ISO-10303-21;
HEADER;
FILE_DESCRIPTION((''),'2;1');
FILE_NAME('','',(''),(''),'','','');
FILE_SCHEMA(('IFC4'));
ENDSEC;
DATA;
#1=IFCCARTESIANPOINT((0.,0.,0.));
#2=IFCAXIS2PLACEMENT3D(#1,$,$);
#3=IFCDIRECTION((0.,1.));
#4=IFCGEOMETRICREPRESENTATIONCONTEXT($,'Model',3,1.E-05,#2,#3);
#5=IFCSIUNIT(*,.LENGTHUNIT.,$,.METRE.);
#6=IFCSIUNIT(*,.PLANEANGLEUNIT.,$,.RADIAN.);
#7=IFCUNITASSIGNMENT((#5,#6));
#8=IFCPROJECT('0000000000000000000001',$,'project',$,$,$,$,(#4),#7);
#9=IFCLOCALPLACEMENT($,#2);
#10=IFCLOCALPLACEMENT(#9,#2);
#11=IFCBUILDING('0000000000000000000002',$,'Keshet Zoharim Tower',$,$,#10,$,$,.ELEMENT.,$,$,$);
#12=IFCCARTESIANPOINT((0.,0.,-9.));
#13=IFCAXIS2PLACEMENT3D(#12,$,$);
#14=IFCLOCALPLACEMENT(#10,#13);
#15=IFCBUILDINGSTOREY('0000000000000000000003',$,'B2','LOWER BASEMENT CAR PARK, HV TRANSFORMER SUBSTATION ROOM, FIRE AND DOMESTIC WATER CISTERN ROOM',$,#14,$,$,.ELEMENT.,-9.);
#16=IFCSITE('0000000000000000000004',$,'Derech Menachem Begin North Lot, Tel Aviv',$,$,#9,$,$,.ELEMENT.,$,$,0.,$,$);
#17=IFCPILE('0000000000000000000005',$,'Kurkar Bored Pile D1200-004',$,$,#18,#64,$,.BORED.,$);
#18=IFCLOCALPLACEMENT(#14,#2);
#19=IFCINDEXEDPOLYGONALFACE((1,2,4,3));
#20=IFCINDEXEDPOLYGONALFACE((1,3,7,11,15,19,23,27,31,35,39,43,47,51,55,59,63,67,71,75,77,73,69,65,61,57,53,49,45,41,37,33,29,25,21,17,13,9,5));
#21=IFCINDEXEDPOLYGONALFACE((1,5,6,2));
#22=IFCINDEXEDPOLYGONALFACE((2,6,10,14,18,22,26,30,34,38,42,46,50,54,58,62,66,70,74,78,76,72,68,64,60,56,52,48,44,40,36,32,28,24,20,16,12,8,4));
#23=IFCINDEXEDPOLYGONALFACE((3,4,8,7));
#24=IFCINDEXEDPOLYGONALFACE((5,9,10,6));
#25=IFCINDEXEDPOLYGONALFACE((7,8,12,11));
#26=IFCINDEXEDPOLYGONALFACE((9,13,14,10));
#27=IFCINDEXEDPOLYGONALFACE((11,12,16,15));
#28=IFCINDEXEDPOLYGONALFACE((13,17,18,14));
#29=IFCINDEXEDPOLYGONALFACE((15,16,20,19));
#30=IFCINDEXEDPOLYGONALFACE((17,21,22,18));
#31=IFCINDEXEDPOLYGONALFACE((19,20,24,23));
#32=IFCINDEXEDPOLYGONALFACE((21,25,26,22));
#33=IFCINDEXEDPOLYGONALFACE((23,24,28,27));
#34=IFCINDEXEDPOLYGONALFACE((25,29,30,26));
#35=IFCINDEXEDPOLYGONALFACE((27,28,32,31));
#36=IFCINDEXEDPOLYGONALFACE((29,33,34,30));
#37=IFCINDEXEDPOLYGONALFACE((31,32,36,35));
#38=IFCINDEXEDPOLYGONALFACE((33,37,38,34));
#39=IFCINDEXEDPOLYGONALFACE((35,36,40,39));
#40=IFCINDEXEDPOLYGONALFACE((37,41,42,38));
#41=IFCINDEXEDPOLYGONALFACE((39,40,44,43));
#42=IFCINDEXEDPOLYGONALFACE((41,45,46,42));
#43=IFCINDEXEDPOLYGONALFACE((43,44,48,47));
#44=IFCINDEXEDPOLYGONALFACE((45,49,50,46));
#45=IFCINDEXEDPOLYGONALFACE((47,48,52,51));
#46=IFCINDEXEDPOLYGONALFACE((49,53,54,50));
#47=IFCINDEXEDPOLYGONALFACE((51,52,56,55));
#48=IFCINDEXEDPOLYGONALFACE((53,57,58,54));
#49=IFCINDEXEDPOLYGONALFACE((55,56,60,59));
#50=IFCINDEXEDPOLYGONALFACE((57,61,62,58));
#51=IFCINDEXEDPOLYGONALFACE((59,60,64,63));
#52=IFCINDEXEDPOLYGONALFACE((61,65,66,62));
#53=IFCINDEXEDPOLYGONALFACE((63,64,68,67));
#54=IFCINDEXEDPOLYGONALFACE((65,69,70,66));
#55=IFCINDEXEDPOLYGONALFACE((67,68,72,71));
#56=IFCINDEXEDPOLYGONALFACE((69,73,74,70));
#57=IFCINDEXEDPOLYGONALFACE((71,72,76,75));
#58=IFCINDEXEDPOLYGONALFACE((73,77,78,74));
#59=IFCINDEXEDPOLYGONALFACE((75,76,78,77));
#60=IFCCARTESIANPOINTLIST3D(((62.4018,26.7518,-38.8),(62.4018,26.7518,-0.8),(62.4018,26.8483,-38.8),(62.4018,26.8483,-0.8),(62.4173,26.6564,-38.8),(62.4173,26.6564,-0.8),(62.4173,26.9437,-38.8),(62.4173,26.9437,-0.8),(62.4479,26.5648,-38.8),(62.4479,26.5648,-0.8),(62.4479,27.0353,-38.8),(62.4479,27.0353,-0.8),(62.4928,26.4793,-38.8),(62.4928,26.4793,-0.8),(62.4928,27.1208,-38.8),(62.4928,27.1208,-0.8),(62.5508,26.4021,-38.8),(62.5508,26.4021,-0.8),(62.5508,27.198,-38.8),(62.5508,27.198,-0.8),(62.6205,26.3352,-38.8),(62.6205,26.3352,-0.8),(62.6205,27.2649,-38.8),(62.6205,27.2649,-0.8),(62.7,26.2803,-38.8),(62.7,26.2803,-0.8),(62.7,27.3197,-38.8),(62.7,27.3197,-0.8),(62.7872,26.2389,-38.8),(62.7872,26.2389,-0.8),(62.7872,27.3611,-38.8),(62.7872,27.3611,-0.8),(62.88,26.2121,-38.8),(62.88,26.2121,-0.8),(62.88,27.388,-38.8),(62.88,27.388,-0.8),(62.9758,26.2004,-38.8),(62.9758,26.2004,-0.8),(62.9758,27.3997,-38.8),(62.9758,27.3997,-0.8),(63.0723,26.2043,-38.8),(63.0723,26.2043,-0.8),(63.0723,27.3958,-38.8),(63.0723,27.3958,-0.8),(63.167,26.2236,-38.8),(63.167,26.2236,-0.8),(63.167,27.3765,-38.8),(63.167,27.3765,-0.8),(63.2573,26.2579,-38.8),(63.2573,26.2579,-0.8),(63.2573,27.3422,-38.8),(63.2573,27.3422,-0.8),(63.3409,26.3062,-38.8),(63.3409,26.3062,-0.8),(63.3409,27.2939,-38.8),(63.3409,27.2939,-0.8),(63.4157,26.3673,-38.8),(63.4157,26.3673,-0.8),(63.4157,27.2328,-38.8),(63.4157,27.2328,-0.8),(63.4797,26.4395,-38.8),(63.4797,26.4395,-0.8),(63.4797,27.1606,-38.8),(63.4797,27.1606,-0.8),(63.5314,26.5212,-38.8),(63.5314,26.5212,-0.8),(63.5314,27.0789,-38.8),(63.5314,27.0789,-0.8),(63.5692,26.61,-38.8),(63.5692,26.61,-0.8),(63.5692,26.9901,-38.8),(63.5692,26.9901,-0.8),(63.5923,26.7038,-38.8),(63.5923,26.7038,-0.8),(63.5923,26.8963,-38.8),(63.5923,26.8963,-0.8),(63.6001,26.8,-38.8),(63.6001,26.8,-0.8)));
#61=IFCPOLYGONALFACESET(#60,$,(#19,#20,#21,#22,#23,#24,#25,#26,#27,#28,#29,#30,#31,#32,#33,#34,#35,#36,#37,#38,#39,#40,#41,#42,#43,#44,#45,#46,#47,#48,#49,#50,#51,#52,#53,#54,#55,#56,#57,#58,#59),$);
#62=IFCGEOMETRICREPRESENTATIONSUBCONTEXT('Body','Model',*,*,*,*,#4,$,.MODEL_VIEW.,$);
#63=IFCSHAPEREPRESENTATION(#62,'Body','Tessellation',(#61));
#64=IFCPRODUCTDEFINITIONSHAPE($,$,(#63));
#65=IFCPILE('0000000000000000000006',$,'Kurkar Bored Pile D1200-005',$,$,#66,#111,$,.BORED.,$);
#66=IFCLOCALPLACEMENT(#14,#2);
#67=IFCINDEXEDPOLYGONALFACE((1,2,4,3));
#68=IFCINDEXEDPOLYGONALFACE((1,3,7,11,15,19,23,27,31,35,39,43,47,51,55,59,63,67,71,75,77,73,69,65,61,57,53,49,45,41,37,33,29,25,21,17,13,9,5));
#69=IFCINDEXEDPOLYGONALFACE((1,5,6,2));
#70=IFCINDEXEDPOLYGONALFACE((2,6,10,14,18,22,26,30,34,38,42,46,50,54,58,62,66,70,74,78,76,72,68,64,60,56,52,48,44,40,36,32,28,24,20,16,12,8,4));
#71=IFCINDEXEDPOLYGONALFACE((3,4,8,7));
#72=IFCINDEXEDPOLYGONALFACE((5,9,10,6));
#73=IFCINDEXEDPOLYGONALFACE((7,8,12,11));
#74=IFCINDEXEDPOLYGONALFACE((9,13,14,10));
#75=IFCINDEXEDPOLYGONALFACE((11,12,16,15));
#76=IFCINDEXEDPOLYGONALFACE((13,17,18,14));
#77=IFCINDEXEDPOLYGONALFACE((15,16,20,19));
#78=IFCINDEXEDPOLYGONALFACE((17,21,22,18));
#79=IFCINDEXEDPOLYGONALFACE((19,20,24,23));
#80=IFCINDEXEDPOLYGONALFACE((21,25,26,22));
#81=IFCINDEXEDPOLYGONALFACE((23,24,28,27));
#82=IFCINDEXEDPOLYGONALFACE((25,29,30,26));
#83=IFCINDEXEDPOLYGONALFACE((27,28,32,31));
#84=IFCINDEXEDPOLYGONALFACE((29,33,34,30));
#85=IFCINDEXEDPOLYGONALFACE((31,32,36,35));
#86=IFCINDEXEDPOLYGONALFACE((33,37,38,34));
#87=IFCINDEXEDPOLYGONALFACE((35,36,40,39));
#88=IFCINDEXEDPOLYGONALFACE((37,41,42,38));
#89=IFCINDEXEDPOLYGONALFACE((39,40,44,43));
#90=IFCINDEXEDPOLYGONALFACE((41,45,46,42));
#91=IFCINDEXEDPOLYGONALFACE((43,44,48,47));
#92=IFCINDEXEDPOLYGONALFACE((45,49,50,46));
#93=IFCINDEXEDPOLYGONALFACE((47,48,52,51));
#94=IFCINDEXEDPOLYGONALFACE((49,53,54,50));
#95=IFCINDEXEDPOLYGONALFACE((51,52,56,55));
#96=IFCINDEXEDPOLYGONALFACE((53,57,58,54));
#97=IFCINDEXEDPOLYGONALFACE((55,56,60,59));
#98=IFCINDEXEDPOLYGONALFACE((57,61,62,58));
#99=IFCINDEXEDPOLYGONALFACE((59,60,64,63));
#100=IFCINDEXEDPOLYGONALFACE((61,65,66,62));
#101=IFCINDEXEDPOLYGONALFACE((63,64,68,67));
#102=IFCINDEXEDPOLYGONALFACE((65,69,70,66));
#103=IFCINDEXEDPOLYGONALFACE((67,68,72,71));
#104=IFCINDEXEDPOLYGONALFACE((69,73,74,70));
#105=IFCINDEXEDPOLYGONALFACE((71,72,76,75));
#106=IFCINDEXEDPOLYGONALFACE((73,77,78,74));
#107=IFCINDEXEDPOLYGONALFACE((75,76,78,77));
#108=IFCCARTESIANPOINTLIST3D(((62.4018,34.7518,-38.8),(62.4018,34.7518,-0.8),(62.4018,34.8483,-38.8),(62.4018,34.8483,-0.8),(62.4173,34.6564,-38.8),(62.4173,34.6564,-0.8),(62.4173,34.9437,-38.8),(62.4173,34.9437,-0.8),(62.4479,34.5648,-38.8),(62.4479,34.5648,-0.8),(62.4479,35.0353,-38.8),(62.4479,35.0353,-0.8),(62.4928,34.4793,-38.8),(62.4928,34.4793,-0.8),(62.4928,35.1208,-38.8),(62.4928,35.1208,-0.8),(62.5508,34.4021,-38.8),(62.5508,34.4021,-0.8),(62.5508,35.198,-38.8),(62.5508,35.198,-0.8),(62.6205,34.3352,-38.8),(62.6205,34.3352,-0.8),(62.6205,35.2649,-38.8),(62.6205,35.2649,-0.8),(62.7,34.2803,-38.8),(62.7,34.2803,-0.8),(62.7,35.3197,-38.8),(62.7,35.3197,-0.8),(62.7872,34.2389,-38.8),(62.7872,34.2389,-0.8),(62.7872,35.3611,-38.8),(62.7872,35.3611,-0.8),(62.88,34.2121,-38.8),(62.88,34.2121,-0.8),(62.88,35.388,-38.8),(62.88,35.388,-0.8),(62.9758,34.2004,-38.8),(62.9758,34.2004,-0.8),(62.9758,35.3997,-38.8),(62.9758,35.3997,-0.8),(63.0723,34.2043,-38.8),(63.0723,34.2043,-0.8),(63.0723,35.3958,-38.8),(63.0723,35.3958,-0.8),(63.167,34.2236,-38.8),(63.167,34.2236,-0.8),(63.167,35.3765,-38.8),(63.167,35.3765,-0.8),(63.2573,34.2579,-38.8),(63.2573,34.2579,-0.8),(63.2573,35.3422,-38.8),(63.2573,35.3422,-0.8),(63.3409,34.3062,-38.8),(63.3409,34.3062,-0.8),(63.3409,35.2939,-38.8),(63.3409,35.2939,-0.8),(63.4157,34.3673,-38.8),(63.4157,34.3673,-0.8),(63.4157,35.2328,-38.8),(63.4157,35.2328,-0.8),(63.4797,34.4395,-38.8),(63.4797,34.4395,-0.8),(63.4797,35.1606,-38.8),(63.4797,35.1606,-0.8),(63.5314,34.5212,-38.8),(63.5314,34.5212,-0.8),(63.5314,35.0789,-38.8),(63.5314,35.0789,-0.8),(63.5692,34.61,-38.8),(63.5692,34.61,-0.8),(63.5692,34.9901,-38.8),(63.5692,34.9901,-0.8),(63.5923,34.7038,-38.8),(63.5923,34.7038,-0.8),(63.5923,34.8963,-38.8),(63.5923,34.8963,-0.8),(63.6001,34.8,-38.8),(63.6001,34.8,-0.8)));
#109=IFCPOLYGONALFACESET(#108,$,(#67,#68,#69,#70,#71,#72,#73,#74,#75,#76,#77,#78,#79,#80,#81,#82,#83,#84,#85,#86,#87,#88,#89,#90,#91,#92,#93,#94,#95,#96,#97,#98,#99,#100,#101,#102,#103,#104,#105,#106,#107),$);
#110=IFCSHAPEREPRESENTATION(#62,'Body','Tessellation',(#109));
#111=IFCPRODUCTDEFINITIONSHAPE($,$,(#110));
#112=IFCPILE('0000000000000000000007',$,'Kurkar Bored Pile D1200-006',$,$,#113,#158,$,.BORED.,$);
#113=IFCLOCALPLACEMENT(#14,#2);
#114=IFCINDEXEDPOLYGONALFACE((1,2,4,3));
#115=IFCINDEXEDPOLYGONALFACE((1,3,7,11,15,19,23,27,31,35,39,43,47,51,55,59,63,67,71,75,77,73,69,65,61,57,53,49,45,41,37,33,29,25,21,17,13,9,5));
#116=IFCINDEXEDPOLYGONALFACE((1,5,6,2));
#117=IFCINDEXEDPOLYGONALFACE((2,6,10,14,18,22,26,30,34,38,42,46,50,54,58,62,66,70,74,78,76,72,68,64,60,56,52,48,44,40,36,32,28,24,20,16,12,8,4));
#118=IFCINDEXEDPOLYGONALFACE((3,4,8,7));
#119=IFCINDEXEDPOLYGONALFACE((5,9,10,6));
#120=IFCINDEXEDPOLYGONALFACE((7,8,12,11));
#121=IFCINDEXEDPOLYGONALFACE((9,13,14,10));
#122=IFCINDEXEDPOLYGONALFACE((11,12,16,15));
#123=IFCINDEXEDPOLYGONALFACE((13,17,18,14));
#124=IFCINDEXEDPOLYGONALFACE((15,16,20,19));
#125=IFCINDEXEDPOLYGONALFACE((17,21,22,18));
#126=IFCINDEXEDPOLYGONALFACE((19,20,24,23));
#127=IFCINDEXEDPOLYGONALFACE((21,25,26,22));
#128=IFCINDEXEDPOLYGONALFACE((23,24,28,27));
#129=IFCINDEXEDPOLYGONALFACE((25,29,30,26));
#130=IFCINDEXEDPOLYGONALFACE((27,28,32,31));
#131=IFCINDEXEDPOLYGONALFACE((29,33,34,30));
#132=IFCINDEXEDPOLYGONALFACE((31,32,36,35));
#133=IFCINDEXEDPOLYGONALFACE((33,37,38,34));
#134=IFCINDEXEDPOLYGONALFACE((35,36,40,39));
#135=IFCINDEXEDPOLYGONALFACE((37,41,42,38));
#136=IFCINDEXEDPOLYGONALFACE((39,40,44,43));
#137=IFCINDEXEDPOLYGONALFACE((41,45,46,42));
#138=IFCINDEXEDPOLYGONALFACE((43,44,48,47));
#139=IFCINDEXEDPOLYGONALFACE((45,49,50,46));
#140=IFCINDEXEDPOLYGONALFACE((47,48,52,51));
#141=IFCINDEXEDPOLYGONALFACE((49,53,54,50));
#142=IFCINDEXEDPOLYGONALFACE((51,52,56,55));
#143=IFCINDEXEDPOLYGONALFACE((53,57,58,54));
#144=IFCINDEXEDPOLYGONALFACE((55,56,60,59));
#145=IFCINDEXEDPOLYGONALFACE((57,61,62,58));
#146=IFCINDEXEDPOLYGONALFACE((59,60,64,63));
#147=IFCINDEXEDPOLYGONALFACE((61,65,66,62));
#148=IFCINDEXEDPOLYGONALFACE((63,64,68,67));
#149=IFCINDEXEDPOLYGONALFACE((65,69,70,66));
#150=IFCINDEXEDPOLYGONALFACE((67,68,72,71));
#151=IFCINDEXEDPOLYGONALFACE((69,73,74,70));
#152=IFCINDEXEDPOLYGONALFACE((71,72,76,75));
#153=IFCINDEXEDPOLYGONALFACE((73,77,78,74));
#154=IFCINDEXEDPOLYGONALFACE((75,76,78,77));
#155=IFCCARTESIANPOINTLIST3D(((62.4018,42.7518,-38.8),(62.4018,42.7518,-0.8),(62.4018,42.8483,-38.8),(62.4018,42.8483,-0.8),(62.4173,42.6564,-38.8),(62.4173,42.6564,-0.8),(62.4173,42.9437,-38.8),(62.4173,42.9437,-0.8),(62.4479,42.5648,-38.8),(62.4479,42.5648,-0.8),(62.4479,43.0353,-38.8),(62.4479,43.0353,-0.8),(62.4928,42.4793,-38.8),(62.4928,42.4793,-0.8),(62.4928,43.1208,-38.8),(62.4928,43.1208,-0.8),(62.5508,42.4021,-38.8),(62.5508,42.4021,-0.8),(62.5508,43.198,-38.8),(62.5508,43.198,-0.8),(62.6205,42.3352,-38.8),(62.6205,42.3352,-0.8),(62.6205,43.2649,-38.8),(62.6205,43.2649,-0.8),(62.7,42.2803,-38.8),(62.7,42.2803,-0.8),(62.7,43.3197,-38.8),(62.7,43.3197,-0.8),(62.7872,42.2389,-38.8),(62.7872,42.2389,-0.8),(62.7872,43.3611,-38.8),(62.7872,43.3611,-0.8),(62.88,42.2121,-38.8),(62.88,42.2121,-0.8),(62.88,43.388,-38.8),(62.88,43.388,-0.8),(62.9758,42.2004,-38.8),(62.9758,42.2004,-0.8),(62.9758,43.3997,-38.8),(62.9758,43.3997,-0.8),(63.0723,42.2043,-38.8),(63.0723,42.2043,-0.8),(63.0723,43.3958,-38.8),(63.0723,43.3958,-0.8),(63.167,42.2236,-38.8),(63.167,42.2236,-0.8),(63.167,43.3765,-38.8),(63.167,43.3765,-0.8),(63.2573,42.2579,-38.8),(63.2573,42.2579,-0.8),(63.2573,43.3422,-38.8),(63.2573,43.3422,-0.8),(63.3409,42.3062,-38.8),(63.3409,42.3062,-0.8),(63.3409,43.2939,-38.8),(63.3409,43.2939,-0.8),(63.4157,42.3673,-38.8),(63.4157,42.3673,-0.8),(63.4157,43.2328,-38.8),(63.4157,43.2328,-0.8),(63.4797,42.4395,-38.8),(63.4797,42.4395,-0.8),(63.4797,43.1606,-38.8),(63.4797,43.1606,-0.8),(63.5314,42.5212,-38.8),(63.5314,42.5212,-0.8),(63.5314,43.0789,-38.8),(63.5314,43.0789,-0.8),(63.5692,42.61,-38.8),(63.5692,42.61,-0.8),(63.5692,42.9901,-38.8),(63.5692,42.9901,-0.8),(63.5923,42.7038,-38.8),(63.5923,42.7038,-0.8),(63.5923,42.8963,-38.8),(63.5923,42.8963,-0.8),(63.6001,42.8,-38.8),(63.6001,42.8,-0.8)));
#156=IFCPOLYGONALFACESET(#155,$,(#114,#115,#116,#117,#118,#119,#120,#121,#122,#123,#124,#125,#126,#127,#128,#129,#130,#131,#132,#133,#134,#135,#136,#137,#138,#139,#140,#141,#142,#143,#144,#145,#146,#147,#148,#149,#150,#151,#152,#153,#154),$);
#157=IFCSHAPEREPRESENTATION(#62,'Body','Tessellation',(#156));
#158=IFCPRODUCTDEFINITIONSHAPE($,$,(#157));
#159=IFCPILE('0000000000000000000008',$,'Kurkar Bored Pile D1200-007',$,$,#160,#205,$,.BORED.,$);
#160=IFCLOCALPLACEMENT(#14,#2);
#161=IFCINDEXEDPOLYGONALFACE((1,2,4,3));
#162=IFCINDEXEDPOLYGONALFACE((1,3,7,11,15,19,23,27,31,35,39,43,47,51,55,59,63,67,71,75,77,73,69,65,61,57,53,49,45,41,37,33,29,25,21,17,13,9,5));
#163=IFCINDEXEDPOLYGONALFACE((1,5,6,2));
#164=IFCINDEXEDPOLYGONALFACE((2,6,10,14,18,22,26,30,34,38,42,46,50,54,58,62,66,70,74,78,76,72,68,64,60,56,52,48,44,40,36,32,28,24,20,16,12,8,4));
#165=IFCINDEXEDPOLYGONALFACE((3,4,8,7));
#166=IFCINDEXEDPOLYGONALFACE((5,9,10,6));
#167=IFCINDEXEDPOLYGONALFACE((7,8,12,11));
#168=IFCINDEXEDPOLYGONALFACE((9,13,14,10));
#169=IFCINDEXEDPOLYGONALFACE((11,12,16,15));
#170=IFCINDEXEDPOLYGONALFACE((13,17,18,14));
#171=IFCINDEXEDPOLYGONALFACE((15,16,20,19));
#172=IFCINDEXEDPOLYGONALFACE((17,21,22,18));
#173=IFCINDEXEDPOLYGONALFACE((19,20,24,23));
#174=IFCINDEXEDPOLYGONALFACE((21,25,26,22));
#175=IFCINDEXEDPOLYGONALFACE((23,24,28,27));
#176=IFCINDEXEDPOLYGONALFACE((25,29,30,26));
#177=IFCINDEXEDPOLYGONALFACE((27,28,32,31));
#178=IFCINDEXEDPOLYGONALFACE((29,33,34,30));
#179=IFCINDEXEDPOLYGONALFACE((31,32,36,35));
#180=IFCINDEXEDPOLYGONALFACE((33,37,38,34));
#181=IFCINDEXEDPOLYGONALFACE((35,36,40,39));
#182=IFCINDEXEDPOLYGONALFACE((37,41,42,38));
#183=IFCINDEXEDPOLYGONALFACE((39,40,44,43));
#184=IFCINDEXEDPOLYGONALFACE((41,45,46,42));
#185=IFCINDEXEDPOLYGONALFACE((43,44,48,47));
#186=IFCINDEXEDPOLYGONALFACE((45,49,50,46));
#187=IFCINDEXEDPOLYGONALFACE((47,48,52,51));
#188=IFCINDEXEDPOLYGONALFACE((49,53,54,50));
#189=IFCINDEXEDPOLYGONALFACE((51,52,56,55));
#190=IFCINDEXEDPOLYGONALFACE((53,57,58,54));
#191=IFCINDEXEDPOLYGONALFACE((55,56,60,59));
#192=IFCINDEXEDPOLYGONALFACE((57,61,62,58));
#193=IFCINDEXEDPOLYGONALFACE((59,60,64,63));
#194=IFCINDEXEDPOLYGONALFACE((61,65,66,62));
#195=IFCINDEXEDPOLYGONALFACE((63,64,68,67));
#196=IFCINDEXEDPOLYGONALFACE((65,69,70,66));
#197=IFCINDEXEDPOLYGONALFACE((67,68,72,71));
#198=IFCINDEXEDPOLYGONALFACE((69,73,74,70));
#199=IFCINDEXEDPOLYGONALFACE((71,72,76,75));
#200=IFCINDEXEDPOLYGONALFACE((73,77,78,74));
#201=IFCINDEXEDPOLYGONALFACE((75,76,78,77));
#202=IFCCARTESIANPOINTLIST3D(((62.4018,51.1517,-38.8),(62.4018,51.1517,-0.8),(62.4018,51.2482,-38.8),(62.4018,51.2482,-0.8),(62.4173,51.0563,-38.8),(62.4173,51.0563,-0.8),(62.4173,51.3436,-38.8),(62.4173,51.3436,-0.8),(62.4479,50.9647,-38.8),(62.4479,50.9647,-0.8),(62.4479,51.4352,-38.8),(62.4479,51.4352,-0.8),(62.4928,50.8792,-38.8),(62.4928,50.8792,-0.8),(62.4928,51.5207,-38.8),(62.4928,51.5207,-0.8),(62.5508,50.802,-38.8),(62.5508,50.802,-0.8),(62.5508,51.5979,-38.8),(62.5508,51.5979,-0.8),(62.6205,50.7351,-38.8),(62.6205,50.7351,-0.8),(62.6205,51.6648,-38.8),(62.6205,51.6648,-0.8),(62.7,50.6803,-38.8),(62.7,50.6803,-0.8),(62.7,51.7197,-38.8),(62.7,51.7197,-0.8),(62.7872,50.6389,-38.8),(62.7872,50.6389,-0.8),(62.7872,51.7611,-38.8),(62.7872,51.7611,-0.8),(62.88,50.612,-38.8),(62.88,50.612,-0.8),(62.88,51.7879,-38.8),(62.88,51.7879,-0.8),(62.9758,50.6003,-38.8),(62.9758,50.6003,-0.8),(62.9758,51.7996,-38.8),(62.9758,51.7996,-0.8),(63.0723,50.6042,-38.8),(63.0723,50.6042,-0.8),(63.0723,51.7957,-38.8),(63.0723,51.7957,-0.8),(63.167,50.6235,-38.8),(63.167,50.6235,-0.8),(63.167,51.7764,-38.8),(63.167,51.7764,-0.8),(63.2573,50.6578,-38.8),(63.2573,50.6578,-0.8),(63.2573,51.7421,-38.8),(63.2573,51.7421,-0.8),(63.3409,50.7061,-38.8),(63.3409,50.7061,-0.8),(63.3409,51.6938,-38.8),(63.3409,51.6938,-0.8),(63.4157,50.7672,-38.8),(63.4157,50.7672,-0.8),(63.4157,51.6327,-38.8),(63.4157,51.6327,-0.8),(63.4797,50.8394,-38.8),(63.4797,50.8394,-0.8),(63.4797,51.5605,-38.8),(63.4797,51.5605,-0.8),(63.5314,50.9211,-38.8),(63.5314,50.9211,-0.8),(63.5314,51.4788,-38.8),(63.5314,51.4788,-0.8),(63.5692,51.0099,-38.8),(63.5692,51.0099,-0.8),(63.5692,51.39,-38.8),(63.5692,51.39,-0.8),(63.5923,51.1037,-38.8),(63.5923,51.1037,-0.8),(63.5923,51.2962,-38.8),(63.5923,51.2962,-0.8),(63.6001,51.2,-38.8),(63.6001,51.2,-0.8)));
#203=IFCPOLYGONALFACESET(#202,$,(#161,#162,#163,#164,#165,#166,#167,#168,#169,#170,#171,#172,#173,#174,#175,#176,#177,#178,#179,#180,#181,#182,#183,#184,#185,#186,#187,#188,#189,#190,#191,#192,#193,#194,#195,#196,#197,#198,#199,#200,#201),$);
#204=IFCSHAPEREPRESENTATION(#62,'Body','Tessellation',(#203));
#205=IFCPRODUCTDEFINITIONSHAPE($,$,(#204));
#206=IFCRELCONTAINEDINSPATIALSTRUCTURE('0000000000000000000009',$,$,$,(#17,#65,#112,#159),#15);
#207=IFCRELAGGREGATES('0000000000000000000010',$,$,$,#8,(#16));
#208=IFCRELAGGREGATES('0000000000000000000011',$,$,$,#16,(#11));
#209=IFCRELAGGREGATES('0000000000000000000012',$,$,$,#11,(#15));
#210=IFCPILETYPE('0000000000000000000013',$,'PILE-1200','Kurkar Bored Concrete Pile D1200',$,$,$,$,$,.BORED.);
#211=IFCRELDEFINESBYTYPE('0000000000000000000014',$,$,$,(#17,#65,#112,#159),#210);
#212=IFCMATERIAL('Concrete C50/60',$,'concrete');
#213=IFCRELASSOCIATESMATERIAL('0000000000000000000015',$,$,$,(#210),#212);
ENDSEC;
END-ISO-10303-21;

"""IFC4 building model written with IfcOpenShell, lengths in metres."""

from ifc_helpers import new_model, si_unit, direction, frame, origin, origin_2d, place, context, subcontext, project, spatial, circle, extrude, material, material_profile, profile_set, type_object, element, save


model = new_model("IFC4")

# Units and contexts
model_context = context("Model", 3, precision=1e-05, world=origin(), true_north=direction((0.0, 1.0)))
body_context = subcontext(model_context, "Body", "Model", "MODEL_VIEW")
ifc_project = project(units=[si_unit("LENGTHUNIT", "METRE"), si_unit("PLANEANGLEUNIT", "RADIAN")], contexts=[model_context])

# Site, building, storey
site_placement = place(None, origin())
site = spatial("IfcSite", under=ifc_project, at=site_placement, Name="Derech Menachem Begin North Lot, Tel Aviv", CompositionType="ELEMENT", RefElevation=0.0)
building_placement = place(site_placement, origin())
building = spatial("IfcBuilding", under=site, at=building_placement, Name="Keshet Zoharim Tower", CompositionType="ELEMENT")
storey_placement = place(building_placement, frame((0.0, 0.0, -9.0)))
storey = spatial("IfcBuildingStorey", under=building, at=storey_placement, Name="B2", Description="LOWER BASEMENT CAR PARK, HV TRANSFORMER SUBSTATION ROOM, FIRE AND DOMESTIC WATER CISTERN ROOM", CompositionType="ELEMENT", Elevation=-9.0)

# Piles
ifc_material_1 = material(Name="Concrete C50/60", Category="concrete")
ifc_material_profile_1 = material_profile(ifc_material_1, circle(Radius=0.6001, at=origin_2d()), Name="PILE-D1200")
ifc_profile_set_1 = profile_set([ifc_material_profile_1], Name="Concrete C50/60")
pile_type = type_object("IfcPileType", Name="PILE-1200", Description="Kurkar Bored Concrete Pile D1200", PredefinedType="BORED", material=ifc_profile_set_1)
for number, where, z_axis, x_axis, name in (
    (1, (63.0, 26.8, -0.8), (0.0, 0.0, -1.0), (1.0, 0.0, 0.0), "Kurkar Bored Pile D1200-004"),
    (2, (63.0, 34.8, -0.8), (0.0, 0.0, -1.0), (1.0, 0.0, 0.0), "Kurkar Bored Pile D1200-005"),
    (3, (63.0, 42.8, -0.8), (0.0, 0.0, -1.0), (1.0, 0.0, 0.0), "Kurkar Bored Pile D1200-006"),
    (4, (63.0, 51.2, -0.8), (0.0, 0.0, -1.0), (1.0, 0.0, 0.0), "Kurkar Bored Pile D1200-007"),
):
    element("IfcPile", number, at=place(storey_placement, frame(where, z_axis=z_axis, x_axis=x_axis)), inside=storey, type_object=pile_type, Name=name, PredefinedType="BORED", context=body_context, shape_type="SweptSolid", body=[
        extrude(circle(Radius=0.6001, at=origin_2d()), origin(), (0.0, 0.0, 1.0), 38.0),
    ])

save(model, "model.ifc")
